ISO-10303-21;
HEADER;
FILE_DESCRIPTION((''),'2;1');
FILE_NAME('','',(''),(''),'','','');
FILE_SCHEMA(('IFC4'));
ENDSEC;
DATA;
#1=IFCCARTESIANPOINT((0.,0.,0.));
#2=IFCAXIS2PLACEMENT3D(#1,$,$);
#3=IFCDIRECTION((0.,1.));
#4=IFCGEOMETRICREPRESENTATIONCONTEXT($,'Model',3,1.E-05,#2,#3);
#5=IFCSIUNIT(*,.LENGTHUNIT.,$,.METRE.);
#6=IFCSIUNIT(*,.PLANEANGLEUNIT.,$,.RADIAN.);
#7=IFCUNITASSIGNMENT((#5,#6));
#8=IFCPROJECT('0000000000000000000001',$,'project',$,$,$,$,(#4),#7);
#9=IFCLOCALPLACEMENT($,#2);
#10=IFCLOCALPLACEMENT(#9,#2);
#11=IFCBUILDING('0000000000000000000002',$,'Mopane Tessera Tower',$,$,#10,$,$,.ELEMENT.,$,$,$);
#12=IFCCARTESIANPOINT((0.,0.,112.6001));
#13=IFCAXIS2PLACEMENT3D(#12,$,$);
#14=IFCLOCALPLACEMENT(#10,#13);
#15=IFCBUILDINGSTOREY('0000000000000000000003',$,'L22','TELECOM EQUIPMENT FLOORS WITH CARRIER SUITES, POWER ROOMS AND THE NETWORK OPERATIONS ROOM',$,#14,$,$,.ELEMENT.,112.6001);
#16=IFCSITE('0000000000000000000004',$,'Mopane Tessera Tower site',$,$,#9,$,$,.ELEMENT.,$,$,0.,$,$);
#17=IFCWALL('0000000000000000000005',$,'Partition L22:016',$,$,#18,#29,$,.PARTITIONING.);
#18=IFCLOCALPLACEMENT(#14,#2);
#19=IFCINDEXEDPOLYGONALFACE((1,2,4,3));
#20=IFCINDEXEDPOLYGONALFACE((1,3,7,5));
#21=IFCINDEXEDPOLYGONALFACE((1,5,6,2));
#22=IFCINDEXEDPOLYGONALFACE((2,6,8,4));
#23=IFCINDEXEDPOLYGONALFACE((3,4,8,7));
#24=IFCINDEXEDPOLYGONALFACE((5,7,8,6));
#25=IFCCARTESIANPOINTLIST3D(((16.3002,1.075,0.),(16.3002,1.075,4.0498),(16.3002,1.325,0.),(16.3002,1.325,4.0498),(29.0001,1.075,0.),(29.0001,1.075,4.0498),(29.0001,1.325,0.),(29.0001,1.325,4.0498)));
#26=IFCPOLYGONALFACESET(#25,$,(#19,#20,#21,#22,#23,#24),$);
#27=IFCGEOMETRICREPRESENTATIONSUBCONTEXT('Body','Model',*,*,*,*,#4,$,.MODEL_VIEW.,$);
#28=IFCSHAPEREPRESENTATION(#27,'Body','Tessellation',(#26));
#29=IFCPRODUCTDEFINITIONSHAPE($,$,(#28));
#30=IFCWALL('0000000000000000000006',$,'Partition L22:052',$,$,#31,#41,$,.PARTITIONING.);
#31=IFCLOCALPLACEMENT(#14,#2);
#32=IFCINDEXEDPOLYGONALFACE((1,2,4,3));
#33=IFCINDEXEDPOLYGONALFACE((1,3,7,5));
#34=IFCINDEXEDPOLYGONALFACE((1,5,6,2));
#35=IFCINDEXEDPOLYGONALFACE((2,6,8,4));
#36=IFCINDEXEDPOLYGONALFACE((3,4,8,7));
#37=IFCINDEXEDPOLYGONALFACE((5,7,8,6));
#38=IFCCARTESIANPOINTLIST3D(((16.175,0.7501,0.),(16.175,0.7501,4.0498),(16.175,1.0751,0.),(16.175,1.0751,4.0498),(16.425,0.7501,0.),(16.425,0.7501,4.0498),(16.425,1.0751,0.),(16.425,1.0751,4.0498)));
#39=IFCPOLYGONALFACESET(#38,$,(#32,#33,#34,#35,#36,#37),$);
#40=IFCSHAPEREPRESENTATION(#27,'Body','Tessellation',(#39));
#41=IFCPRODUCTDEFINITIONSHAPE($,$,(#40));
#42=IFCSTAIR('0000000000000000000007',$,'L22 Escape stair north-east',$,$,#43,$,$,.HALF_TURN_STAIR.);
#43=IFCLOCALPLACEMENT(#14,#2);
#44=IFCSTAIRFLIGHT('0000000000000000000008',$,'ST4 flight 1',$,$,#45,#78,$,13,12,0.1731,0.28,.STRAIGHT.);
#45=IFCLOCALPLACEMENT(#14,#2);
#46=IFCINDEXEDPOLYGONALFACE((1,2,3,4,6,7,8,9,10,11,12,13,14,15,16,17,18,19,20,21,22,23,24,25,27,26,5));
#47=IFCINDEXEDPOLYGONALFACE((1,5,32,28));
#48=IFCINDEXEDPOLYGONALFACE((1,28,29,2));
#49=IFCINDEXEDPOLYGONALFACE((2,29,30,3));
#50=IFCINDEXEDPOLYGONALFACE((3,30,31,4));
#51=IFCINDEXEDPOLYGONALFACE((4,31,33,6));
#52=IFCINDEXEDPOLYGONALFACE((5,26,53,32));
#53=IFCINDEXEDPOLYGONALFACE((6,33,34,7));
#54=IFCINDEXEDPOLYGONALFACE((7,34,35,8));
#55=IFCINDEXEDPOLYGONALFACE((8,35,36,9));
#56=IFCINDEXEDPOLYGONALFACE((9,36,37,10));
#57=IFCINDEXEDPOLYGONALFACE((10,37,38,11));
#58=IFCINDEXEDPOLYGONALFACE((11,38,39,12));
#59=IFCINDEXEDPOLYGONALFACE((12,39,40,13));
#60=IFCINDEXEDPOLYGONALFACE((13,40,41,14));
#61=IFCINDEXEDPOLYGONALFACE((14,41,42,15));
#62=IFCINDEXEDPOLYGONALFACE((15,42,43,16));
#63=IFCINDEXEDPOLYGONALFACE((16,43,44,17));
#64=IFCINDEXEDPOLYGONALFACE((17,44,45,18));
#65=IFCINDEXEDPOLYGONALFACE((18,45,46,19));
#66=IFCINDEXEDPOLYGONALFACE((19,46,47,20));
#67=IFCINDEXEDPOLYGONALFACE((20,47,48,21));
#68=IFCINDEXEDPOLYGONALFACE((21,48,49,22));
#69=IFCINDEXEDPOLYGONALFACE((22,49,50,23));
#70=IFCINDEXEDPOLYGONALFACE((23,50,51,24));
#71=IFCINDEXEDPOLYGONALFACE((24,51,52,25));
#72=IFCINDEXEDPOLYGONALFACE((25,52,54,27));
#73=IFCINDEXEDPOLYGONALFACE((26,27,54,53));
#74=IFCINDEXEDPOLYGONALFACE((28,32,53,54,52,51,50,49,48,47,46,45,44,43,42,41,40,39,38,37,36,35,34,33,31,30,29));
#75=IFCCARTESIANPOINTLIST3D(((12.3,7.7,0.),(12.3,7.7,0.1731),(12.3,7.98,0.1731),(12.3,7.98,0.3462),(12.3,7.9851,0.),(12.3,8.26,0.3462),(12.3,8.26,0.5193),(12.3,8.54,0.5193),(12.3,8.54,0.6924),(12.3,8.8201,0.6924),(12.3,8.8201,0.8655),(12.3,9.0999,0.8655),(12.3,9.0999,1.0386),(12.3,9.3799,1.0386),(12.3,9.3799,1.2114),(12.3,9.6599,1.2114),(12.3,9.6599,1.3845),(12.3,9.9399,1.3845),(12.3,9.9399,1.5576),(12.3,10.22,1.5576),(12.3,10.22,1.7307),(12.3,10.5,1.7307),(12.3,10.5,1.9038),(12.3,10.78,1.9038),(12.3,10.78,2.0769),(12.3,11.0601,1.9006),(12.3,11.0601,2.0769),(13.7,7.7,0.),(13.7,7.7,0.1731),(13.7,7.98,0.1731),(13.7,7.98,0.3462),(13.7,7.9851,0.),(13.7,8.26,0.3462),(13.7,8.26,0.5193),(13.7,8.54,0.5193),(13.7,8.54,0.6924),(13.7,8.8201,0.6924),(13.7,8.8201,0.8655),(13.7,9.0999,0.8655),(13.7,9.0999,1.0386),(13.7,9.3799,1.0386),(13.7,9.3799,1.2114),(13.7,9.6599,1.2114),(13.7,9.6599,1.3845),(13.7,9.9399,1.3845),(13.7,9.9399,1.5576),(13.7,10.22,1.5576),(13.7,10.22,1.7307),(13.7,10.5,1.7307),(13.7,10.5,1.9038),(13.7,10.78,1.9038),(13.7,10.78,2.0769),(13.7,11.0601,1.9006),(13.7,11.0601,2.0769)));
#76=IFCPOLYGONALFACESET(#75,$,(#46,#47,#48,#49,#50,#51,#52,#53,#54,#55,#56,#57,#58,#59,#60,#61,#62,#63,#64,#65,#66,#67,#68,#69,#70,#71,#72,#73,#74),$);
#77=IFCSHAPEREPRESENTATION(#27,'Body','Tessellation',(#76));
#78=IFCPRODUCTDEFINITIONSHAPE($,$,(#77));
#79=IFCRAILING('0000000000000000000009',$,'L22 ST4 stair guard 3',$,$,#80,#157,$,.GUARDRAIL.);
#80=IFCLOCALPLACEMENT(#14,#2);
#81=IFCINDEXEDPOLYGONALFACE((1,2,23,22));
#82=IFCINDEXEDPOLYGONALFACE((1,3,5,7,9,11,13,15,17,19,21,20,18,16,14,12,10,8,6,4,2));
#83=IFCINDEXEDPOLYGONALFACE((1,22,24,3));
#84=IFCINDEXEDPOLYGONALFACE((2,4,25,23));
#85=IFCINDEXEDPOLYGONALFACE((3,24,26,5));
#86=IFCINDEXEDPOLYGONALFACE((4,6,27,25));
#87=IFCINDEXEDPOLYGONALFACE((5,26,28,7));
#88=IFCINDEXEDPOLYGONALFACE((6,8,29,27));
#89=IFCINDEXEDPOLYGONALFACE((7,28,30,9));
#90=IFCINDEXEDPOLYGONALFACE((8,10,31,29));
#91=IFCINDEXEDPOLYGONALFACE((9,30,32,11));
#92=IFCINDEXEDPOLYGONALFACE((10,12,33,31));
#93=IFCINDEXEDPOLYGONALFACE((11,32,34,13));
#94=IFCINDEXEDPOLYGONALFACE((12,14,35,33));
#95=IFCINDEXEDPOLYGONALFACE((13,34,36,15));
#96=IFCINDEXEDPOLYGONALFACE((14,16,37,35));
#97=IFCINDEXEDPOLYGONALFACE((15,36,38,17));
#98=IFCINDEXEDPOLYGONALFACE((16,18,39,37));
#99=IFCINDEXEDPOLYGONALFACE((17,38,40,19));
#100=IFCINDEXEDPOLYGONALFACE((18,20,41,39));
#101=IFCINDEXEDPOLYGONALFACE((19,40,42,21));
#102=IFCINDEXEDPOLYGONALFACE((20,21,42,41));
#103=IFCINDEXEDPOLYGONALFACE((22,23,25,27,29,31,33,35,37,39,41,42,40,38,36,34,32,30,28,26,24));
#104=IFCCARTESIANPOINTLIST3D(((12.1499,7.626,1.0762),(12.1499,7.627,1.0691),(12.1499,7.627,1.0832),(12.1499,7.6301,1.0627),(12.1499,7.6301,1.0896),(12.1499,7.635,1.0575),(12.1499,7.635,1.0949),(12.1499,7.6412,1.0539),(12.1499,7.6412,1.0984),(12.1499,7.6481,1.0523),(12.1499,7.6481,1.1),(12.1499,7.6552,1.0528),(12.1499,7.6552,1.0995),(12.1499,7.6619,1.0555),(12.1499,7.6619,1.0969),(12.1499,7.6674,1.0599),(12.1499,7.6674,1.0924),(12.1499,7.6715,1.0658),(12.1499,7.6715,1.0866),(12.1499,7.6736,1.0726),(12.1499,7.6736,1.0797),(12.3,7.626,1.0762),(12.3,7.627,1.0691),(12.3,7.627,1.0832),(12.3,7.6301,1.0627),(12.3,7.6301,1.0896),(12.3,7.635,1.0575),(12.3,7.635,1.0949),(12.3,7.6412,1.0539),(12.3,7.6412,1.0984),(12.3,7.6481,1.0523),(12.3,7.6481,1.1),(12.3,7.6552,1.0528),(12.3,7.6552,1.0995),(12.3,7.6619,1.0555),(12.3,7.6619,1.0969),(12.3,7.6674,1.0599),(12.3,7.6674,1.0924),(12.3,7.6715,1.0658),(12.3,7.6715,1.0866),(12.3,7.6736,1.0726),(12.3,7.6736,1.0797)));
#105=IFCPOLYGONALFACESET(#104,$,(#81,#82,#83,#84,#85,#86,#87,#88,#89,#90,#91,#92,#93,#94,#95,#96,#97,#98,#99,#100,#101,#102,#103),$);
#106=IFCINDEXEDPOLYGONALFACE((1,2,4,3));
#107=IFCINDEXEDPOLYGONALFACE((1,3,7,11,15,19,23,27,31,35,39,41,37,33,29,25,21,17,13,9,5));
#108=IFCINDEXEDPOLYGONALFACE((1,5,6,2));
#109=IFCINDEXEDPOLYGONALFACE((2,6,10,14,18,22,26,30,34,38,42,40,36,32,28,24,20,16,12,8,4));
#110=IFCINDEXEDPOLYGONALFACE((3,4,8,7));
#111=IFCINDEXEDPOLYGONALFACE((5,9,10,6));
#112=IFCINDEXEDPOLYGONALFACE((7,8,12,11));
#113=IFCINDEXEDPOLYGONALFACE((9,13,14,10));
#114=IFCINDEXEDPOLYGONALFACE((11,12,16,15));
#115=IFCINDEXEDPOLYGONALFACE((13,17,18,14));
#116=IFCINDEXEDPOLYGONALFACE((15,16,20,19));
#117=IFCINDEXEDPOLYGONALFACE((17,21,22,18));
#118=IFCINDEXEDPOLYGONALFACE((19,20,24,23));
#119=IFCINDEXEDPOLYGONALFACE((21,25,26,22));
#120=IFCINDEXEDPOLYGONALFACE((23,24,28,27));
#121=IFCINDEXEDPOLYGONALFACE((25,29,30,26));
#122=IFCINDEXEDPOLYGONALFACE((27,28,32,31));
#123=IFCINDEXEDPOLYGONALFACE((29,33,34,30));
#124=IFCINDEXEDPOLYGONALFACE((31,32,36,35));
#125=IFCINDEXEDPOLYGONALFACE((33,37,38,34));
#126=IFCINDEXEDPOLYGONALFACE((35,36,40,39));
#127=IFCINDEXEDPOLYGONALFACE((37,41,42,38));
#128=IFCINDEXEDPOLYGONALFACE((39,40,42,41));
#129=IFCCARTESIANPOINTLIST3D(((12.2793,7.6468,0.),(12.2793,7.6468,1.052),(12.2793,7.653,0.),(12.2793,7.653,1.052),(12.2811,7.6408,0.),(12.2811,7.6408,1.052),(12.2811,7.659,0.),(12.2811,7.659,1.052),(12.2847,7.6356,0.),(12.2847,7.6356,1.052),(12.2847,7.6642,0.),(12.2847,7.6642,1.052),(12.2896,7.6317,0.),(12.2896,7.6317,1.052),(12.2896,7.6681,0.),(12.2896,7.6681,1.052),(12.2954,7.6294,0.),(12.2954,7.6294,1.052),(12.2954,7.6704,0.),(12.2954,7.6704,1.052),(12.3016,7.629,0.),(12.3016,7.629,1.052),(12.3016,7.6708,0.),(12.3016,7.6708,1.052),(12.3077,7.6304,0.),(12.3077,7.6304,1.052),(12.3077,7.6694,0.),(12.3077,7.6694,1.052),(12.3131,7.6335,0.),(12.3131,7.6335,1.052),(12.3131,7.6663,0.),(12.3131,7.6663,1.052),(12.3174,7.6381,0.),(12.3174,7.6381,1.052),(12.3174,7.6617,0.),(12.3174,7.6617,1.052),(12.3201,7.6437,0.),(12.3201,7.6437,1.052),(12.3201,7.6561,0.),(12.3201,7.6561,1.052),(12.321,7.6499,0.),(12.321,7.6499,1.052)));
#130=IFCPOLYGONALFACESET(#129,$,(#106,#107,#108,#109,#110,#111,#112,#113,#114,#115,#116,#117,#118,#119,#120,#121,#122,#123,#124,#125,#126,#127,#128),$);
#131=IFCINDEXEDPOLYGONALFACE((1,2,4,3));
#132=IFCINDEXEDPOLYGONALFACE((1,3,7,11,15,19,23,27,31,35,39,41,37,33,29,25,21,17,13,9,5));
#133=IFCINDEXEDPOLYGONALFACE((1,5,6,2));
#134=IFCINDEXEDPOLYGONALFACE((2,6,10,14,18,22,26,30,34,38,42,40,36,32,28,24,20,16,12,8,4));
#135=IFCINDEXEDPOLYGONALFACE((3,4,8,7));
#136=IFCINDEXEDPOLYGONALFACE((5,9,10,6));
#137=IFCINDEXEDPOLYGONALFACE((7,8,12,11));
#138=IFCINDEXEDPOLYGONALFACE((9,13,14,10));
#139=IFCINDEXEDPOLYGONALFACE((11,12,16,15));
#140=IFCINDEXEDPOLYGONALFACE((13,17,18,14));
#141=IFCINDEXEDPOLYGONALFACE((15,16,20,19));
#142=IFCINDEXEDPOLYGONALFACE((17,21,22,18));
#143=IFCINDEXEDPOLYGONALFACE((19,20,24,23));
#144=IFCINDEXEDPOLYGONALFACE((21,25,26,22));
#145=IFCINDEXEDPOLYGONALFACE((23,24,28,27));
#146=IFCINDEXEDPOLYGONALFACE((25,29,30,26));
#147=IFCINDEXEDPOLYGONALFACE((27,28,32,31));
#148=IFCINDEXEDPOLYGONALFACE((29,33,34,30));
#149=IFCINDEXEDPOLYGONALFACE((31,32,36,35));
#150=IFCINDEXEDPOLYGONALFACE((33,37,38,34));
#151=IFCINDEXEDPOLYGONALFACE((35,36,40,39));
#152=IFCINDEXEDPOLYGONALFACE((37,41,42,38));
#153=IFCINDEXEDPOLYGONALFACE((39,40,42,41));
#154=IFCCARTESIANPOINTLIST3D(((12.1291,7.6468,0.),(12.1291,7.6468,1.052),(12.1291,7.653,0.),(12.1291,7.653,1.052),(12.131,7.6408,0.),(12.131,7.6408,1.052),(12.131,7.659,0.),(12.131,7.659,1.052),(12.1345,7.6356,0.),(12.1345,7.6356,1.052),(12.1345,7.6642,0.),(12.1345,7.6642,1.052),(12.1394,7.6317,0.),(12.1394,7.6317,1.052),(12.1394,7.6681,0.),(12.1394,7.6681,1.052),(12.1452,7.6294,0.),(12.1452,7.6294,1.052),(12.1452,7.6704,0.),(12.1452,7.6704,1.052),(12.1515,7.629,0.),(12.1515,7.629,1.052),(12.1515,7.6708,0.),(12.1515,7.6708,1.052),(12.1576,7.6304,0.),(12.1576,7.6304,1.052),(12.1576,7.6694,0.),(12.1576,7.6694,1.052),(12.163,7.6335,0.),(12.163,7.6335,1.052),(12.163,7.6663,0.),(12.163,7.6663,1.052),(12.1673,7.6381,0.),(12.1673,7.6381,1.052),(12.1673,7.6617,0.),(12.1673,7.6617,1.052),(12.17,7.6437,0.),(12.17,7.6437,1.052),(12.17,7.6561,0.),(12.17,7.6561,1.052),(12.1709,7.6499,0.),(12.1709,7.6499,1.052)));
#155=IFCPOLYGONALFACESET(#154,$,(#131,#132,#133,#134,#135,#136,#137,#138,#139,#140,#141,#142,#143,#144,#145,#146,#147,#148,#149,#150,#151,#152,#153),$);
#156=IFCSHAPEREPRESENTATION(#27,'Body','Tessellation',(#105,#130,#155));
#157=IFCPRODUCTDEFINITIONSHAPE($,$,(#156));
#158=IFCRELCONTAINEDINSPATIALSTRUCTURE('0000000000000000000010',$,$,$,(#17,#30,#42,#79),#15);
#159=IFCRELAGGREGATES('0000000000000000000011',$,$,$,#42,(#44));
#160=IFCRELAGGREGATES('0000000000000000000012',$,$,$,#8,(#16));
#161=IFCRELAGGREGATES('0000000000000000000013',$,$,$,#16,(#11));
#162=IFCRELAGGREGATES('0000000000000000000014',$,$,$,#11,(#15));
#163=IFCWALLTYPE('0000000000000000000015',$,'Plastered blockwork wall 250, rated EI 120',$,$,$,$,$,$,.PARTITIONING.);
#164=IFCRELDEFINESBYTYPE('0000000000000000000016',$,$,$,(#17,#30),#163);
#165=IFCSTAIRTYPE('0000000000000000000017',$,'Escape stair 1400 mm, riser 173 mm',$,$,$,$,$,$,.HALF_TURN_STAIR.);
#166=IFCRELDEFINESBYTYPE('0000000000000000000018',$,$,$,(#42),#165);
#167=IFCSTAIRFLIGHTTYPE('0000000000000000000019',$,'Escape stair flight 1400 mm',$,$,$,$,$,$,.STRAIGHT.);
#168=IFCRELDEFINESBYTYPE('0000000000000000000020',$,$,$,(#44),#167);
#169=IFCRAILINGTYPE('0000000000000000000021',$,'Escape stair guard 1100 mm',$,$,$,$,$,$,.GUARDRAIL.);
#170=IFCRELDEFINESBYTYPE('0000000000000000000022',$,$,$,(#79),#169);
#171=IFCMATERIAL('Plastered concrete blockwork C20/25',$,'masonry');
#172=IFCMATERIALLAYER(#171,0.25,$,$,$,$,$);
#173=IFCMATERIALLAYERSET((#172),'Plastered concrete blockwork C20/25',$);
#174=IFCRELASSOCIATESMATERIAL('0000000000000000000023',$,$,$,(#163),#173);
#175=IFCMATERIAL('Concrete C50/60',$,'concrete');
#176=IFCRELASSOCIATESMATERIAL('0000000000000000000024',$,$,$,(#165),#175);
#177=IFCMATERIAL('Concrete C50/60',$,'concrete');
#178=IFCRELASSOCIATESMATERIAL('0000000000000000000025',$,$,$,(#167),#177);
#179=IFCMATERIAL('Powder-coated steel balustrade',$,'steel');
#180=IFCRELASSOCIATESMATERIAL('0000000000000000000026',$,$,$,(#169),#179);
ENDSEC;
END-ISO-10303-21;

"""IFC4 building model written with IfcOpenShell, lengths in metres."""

from ifc_helpers import new_model, si_unit, direction, frame, frame_2d, origin, origin_2d, place, context, subcontext, project, spatial, polyline, rectangle, circle, outline, extrude, material, layer, layer_set, type_object, element, aggregate, save


model = new_model("IFC4")

# Units and contexts
model_context = context("Model", 3, precision=1e-05, world=origin(), true_north=direction((0.0, 1.0)))
body_context = subcontext(model_context, "Body", "Model", "MODEL_VIEW")
ifc_project = project(units=[si_unit("LENGTHUNIT", "METRE"), si_unit("PLANEANGLEUNIT", "RADIAN")], contexts=[model_context])

# Site, building, storey
site_placement = place(None, origin())
site = spatial("IfcSite", under=ifc_project, at=site_placement, Name="Mopane Tessera Tower site", CompositionType="ELEMENT", RefElevation=0.0)
building_placement = place(site_placement, origin())
building = spatial("IfcBuilding", under=site, at=building_placement, Name="Mopane Tessera Tower", CompositionType="ELEMENT")
storey_placement = place(building_placement, frame((0.0, 0.0, 112.6001)))
storey = spatial("IfcBuildingStorey", under=building, at=storey_placement, Name="L22", Description="TELECOM EQUIPMENT FLOORS WITH CARRIER SUITES, POWER ROOMS AND THE NETWORK OPERATIONS ROOM", CompositionType="ELEMENT", Elevation=112.6001)

# Walls
ifc_material_1 = material(Name="Plastered concrete blockwork C20/25", Category="masonry")
ifc_layer_1 = layer(ifc_material_1, 0.25)
ifc_layer_set_1 = layer_set([ifc_layer_1], Name="Plastered concrete blockwork C20/25")
wall_type_1 = type_object("IfcWallType", Name="Plastered blockwork wall 250, rated EI 120", PredefinedType="PARTITIONING", material=ifc_layer_set_1)
wall_1_placement = place(storey_placement, frame((16.3, 1.2, 0.0), z_axis=(0.0, 0.0, 1.0), x_axis=(1.0, 0.0, 0.0)))
element("IfcWall", 1, at=wall_1_placement, inside=storey, type_object=wall_type_1, Name="Partition L22:016", PredefinedType="PARTITIONING", context=body_context, shape_type="SweptSolid", body=[
    extrude(rectangle(XDim=12.7, YDim=0.25, at=frame_2d((6.3501, 0.0))), origin(), (0.0, 0.0, 1.0), 4.0498),
])
wall_2_placement = place(storey_placement, frame((16.3, 0.75, 0.0), z_axis=(0.0, 0.0, 1.0), x_axis=(0.0, 1.0, 0.0)))
element("IfcWall", 2, at=wall_2_placement, inside=storey, type_object=wall_type_1, Name="Partition L22:052", PredefinedType="PARTITIONING", context=body_context, shape_type="SweptSolid", body=[
    extrude(rectangle(XDim=0.325, YDim=0.25, at=frame_2d((0.1626, 0.0))), origin(), (0.0, 0.0, 1.0), 4.0498),
])

# Stair, stair flight
ifc_material_2 = material(Name="Concrete C50/60", Category="concrete")
stair_type = type_object("IfcStairType", Name="Escape stair 1400 mm, riser 173 mm", PredefinedType="HALF_TURN_STAIR", material=ifc_material_2)
stair_placement = place(storey_placement, origin())
stair = element("IfcStair", 3, at=stair_placement, inside=storey, type_object=stair_type, Name="L22 Escape stair north-east", PredefinedType="HALF_TURN_STAIR")
ifc_material_3 = material(Name="Concrete C50/60", Category="concrete")
stair_flight_type = type_object("IfcStairFlightType", Name="Escape stair flight 1400 mm", PredefinedType="STRAIGHT", material=ifc_material_3)
stair_flight_placement = place(storey_placement, frame((13.0, 7.7, 0.0), z_axis=(0.0, 0.0, 1.0), x_axis=(0.0, 1.0, 0.0)))
stair_flight = element("IfcStairFlight", 4, at=stair_flight_placement, type_object=stair_flight_type, Name="ST4 flight 1", NumberOfRisers=13, NumberOfTreads=12, PredefinedType="STRAIGHT", RiserHeight=0.1731, TreadLength=0.28, context=body_context, shape_type="SweptSolid", body=[
    extrude(outline(polyline([(0.0, 0.0), (0.0, 0.1731), (0.28, 0.1731), (0.28, 0.3462), (0.5601, 0.3462), (0.5601, 0.5193), (0.8401, 0.5193), (0.8401, 0.6924), (1.1201, 0.6924), (1.1201, 0.8655), (1.3999, 0.8655), (1.3999, 1.0386), (1.6799, 1.0386), (1.6799, 1.2114), (1.96, 1.2114), (1.96, 1.3845), (2.24, 1.3845), (2.24, 1.5576), (2.52, 1.5576), (2.52, 1.7307), (2.8, 1.7307), (2.8, 1.9038), (3.0801, 1.9038), (3.0801, 2.0769), (3.3601, 2.0769), (3.3601, 2.25), (3.3601, 1.9006), (0.2852, 0.0), (0.0, 0.0)])), frame((0.0, 0.7, 0.0), z_axis=(0.0, -1.0, 0.0), x_axis=(1.0, 0.0, 0.0)), (0.0, 0.0, 1.0), 1.3999),
])
aggregate(stair, [stair_flight])

# Railing
ifc_material_4 = material(Name="Powder-coated steel balustrade", Category="steel")
railing_type_1 = type_object("IfcRailingType", Name="Escape stair guard 1100 mm", PredefinedType="GUARDRAIL", material=ifc_material_4)
railing_1_placement = place(storey_placement, frame((12.3, 7.6499, 0.0)))
element("IfcRailing", 5, at=railing_1_placement, inside=storey, type_object=railing_type_1, Name="L22 ST4 stair guard 3", PredefinedType="GUARDRAIL", context=body_context, shape_type="SweptSolid", body=[
    extrude(circle(Radius=0.0239, at=origin_2d()), frame((0.0, 0.0, 1.0762), z_axis=(-1.0, 0.0, 0.0), x_axis=(0.0, -1.0, 0.0)), (0.0, 0.0, 1.0), 0.1501),
    extrude(circle(Radius=0.021, at=origin_2d()), origin(), (0.0, 0.0, 1.0), 1.052),
    extrude(circle(Radius=0.021, at=origin_2d()), frame((-0.1501, 0.0, 0.0)), (0.0, 0.0, 1.0), 1.052),
])

save(model, "model.ifc")
